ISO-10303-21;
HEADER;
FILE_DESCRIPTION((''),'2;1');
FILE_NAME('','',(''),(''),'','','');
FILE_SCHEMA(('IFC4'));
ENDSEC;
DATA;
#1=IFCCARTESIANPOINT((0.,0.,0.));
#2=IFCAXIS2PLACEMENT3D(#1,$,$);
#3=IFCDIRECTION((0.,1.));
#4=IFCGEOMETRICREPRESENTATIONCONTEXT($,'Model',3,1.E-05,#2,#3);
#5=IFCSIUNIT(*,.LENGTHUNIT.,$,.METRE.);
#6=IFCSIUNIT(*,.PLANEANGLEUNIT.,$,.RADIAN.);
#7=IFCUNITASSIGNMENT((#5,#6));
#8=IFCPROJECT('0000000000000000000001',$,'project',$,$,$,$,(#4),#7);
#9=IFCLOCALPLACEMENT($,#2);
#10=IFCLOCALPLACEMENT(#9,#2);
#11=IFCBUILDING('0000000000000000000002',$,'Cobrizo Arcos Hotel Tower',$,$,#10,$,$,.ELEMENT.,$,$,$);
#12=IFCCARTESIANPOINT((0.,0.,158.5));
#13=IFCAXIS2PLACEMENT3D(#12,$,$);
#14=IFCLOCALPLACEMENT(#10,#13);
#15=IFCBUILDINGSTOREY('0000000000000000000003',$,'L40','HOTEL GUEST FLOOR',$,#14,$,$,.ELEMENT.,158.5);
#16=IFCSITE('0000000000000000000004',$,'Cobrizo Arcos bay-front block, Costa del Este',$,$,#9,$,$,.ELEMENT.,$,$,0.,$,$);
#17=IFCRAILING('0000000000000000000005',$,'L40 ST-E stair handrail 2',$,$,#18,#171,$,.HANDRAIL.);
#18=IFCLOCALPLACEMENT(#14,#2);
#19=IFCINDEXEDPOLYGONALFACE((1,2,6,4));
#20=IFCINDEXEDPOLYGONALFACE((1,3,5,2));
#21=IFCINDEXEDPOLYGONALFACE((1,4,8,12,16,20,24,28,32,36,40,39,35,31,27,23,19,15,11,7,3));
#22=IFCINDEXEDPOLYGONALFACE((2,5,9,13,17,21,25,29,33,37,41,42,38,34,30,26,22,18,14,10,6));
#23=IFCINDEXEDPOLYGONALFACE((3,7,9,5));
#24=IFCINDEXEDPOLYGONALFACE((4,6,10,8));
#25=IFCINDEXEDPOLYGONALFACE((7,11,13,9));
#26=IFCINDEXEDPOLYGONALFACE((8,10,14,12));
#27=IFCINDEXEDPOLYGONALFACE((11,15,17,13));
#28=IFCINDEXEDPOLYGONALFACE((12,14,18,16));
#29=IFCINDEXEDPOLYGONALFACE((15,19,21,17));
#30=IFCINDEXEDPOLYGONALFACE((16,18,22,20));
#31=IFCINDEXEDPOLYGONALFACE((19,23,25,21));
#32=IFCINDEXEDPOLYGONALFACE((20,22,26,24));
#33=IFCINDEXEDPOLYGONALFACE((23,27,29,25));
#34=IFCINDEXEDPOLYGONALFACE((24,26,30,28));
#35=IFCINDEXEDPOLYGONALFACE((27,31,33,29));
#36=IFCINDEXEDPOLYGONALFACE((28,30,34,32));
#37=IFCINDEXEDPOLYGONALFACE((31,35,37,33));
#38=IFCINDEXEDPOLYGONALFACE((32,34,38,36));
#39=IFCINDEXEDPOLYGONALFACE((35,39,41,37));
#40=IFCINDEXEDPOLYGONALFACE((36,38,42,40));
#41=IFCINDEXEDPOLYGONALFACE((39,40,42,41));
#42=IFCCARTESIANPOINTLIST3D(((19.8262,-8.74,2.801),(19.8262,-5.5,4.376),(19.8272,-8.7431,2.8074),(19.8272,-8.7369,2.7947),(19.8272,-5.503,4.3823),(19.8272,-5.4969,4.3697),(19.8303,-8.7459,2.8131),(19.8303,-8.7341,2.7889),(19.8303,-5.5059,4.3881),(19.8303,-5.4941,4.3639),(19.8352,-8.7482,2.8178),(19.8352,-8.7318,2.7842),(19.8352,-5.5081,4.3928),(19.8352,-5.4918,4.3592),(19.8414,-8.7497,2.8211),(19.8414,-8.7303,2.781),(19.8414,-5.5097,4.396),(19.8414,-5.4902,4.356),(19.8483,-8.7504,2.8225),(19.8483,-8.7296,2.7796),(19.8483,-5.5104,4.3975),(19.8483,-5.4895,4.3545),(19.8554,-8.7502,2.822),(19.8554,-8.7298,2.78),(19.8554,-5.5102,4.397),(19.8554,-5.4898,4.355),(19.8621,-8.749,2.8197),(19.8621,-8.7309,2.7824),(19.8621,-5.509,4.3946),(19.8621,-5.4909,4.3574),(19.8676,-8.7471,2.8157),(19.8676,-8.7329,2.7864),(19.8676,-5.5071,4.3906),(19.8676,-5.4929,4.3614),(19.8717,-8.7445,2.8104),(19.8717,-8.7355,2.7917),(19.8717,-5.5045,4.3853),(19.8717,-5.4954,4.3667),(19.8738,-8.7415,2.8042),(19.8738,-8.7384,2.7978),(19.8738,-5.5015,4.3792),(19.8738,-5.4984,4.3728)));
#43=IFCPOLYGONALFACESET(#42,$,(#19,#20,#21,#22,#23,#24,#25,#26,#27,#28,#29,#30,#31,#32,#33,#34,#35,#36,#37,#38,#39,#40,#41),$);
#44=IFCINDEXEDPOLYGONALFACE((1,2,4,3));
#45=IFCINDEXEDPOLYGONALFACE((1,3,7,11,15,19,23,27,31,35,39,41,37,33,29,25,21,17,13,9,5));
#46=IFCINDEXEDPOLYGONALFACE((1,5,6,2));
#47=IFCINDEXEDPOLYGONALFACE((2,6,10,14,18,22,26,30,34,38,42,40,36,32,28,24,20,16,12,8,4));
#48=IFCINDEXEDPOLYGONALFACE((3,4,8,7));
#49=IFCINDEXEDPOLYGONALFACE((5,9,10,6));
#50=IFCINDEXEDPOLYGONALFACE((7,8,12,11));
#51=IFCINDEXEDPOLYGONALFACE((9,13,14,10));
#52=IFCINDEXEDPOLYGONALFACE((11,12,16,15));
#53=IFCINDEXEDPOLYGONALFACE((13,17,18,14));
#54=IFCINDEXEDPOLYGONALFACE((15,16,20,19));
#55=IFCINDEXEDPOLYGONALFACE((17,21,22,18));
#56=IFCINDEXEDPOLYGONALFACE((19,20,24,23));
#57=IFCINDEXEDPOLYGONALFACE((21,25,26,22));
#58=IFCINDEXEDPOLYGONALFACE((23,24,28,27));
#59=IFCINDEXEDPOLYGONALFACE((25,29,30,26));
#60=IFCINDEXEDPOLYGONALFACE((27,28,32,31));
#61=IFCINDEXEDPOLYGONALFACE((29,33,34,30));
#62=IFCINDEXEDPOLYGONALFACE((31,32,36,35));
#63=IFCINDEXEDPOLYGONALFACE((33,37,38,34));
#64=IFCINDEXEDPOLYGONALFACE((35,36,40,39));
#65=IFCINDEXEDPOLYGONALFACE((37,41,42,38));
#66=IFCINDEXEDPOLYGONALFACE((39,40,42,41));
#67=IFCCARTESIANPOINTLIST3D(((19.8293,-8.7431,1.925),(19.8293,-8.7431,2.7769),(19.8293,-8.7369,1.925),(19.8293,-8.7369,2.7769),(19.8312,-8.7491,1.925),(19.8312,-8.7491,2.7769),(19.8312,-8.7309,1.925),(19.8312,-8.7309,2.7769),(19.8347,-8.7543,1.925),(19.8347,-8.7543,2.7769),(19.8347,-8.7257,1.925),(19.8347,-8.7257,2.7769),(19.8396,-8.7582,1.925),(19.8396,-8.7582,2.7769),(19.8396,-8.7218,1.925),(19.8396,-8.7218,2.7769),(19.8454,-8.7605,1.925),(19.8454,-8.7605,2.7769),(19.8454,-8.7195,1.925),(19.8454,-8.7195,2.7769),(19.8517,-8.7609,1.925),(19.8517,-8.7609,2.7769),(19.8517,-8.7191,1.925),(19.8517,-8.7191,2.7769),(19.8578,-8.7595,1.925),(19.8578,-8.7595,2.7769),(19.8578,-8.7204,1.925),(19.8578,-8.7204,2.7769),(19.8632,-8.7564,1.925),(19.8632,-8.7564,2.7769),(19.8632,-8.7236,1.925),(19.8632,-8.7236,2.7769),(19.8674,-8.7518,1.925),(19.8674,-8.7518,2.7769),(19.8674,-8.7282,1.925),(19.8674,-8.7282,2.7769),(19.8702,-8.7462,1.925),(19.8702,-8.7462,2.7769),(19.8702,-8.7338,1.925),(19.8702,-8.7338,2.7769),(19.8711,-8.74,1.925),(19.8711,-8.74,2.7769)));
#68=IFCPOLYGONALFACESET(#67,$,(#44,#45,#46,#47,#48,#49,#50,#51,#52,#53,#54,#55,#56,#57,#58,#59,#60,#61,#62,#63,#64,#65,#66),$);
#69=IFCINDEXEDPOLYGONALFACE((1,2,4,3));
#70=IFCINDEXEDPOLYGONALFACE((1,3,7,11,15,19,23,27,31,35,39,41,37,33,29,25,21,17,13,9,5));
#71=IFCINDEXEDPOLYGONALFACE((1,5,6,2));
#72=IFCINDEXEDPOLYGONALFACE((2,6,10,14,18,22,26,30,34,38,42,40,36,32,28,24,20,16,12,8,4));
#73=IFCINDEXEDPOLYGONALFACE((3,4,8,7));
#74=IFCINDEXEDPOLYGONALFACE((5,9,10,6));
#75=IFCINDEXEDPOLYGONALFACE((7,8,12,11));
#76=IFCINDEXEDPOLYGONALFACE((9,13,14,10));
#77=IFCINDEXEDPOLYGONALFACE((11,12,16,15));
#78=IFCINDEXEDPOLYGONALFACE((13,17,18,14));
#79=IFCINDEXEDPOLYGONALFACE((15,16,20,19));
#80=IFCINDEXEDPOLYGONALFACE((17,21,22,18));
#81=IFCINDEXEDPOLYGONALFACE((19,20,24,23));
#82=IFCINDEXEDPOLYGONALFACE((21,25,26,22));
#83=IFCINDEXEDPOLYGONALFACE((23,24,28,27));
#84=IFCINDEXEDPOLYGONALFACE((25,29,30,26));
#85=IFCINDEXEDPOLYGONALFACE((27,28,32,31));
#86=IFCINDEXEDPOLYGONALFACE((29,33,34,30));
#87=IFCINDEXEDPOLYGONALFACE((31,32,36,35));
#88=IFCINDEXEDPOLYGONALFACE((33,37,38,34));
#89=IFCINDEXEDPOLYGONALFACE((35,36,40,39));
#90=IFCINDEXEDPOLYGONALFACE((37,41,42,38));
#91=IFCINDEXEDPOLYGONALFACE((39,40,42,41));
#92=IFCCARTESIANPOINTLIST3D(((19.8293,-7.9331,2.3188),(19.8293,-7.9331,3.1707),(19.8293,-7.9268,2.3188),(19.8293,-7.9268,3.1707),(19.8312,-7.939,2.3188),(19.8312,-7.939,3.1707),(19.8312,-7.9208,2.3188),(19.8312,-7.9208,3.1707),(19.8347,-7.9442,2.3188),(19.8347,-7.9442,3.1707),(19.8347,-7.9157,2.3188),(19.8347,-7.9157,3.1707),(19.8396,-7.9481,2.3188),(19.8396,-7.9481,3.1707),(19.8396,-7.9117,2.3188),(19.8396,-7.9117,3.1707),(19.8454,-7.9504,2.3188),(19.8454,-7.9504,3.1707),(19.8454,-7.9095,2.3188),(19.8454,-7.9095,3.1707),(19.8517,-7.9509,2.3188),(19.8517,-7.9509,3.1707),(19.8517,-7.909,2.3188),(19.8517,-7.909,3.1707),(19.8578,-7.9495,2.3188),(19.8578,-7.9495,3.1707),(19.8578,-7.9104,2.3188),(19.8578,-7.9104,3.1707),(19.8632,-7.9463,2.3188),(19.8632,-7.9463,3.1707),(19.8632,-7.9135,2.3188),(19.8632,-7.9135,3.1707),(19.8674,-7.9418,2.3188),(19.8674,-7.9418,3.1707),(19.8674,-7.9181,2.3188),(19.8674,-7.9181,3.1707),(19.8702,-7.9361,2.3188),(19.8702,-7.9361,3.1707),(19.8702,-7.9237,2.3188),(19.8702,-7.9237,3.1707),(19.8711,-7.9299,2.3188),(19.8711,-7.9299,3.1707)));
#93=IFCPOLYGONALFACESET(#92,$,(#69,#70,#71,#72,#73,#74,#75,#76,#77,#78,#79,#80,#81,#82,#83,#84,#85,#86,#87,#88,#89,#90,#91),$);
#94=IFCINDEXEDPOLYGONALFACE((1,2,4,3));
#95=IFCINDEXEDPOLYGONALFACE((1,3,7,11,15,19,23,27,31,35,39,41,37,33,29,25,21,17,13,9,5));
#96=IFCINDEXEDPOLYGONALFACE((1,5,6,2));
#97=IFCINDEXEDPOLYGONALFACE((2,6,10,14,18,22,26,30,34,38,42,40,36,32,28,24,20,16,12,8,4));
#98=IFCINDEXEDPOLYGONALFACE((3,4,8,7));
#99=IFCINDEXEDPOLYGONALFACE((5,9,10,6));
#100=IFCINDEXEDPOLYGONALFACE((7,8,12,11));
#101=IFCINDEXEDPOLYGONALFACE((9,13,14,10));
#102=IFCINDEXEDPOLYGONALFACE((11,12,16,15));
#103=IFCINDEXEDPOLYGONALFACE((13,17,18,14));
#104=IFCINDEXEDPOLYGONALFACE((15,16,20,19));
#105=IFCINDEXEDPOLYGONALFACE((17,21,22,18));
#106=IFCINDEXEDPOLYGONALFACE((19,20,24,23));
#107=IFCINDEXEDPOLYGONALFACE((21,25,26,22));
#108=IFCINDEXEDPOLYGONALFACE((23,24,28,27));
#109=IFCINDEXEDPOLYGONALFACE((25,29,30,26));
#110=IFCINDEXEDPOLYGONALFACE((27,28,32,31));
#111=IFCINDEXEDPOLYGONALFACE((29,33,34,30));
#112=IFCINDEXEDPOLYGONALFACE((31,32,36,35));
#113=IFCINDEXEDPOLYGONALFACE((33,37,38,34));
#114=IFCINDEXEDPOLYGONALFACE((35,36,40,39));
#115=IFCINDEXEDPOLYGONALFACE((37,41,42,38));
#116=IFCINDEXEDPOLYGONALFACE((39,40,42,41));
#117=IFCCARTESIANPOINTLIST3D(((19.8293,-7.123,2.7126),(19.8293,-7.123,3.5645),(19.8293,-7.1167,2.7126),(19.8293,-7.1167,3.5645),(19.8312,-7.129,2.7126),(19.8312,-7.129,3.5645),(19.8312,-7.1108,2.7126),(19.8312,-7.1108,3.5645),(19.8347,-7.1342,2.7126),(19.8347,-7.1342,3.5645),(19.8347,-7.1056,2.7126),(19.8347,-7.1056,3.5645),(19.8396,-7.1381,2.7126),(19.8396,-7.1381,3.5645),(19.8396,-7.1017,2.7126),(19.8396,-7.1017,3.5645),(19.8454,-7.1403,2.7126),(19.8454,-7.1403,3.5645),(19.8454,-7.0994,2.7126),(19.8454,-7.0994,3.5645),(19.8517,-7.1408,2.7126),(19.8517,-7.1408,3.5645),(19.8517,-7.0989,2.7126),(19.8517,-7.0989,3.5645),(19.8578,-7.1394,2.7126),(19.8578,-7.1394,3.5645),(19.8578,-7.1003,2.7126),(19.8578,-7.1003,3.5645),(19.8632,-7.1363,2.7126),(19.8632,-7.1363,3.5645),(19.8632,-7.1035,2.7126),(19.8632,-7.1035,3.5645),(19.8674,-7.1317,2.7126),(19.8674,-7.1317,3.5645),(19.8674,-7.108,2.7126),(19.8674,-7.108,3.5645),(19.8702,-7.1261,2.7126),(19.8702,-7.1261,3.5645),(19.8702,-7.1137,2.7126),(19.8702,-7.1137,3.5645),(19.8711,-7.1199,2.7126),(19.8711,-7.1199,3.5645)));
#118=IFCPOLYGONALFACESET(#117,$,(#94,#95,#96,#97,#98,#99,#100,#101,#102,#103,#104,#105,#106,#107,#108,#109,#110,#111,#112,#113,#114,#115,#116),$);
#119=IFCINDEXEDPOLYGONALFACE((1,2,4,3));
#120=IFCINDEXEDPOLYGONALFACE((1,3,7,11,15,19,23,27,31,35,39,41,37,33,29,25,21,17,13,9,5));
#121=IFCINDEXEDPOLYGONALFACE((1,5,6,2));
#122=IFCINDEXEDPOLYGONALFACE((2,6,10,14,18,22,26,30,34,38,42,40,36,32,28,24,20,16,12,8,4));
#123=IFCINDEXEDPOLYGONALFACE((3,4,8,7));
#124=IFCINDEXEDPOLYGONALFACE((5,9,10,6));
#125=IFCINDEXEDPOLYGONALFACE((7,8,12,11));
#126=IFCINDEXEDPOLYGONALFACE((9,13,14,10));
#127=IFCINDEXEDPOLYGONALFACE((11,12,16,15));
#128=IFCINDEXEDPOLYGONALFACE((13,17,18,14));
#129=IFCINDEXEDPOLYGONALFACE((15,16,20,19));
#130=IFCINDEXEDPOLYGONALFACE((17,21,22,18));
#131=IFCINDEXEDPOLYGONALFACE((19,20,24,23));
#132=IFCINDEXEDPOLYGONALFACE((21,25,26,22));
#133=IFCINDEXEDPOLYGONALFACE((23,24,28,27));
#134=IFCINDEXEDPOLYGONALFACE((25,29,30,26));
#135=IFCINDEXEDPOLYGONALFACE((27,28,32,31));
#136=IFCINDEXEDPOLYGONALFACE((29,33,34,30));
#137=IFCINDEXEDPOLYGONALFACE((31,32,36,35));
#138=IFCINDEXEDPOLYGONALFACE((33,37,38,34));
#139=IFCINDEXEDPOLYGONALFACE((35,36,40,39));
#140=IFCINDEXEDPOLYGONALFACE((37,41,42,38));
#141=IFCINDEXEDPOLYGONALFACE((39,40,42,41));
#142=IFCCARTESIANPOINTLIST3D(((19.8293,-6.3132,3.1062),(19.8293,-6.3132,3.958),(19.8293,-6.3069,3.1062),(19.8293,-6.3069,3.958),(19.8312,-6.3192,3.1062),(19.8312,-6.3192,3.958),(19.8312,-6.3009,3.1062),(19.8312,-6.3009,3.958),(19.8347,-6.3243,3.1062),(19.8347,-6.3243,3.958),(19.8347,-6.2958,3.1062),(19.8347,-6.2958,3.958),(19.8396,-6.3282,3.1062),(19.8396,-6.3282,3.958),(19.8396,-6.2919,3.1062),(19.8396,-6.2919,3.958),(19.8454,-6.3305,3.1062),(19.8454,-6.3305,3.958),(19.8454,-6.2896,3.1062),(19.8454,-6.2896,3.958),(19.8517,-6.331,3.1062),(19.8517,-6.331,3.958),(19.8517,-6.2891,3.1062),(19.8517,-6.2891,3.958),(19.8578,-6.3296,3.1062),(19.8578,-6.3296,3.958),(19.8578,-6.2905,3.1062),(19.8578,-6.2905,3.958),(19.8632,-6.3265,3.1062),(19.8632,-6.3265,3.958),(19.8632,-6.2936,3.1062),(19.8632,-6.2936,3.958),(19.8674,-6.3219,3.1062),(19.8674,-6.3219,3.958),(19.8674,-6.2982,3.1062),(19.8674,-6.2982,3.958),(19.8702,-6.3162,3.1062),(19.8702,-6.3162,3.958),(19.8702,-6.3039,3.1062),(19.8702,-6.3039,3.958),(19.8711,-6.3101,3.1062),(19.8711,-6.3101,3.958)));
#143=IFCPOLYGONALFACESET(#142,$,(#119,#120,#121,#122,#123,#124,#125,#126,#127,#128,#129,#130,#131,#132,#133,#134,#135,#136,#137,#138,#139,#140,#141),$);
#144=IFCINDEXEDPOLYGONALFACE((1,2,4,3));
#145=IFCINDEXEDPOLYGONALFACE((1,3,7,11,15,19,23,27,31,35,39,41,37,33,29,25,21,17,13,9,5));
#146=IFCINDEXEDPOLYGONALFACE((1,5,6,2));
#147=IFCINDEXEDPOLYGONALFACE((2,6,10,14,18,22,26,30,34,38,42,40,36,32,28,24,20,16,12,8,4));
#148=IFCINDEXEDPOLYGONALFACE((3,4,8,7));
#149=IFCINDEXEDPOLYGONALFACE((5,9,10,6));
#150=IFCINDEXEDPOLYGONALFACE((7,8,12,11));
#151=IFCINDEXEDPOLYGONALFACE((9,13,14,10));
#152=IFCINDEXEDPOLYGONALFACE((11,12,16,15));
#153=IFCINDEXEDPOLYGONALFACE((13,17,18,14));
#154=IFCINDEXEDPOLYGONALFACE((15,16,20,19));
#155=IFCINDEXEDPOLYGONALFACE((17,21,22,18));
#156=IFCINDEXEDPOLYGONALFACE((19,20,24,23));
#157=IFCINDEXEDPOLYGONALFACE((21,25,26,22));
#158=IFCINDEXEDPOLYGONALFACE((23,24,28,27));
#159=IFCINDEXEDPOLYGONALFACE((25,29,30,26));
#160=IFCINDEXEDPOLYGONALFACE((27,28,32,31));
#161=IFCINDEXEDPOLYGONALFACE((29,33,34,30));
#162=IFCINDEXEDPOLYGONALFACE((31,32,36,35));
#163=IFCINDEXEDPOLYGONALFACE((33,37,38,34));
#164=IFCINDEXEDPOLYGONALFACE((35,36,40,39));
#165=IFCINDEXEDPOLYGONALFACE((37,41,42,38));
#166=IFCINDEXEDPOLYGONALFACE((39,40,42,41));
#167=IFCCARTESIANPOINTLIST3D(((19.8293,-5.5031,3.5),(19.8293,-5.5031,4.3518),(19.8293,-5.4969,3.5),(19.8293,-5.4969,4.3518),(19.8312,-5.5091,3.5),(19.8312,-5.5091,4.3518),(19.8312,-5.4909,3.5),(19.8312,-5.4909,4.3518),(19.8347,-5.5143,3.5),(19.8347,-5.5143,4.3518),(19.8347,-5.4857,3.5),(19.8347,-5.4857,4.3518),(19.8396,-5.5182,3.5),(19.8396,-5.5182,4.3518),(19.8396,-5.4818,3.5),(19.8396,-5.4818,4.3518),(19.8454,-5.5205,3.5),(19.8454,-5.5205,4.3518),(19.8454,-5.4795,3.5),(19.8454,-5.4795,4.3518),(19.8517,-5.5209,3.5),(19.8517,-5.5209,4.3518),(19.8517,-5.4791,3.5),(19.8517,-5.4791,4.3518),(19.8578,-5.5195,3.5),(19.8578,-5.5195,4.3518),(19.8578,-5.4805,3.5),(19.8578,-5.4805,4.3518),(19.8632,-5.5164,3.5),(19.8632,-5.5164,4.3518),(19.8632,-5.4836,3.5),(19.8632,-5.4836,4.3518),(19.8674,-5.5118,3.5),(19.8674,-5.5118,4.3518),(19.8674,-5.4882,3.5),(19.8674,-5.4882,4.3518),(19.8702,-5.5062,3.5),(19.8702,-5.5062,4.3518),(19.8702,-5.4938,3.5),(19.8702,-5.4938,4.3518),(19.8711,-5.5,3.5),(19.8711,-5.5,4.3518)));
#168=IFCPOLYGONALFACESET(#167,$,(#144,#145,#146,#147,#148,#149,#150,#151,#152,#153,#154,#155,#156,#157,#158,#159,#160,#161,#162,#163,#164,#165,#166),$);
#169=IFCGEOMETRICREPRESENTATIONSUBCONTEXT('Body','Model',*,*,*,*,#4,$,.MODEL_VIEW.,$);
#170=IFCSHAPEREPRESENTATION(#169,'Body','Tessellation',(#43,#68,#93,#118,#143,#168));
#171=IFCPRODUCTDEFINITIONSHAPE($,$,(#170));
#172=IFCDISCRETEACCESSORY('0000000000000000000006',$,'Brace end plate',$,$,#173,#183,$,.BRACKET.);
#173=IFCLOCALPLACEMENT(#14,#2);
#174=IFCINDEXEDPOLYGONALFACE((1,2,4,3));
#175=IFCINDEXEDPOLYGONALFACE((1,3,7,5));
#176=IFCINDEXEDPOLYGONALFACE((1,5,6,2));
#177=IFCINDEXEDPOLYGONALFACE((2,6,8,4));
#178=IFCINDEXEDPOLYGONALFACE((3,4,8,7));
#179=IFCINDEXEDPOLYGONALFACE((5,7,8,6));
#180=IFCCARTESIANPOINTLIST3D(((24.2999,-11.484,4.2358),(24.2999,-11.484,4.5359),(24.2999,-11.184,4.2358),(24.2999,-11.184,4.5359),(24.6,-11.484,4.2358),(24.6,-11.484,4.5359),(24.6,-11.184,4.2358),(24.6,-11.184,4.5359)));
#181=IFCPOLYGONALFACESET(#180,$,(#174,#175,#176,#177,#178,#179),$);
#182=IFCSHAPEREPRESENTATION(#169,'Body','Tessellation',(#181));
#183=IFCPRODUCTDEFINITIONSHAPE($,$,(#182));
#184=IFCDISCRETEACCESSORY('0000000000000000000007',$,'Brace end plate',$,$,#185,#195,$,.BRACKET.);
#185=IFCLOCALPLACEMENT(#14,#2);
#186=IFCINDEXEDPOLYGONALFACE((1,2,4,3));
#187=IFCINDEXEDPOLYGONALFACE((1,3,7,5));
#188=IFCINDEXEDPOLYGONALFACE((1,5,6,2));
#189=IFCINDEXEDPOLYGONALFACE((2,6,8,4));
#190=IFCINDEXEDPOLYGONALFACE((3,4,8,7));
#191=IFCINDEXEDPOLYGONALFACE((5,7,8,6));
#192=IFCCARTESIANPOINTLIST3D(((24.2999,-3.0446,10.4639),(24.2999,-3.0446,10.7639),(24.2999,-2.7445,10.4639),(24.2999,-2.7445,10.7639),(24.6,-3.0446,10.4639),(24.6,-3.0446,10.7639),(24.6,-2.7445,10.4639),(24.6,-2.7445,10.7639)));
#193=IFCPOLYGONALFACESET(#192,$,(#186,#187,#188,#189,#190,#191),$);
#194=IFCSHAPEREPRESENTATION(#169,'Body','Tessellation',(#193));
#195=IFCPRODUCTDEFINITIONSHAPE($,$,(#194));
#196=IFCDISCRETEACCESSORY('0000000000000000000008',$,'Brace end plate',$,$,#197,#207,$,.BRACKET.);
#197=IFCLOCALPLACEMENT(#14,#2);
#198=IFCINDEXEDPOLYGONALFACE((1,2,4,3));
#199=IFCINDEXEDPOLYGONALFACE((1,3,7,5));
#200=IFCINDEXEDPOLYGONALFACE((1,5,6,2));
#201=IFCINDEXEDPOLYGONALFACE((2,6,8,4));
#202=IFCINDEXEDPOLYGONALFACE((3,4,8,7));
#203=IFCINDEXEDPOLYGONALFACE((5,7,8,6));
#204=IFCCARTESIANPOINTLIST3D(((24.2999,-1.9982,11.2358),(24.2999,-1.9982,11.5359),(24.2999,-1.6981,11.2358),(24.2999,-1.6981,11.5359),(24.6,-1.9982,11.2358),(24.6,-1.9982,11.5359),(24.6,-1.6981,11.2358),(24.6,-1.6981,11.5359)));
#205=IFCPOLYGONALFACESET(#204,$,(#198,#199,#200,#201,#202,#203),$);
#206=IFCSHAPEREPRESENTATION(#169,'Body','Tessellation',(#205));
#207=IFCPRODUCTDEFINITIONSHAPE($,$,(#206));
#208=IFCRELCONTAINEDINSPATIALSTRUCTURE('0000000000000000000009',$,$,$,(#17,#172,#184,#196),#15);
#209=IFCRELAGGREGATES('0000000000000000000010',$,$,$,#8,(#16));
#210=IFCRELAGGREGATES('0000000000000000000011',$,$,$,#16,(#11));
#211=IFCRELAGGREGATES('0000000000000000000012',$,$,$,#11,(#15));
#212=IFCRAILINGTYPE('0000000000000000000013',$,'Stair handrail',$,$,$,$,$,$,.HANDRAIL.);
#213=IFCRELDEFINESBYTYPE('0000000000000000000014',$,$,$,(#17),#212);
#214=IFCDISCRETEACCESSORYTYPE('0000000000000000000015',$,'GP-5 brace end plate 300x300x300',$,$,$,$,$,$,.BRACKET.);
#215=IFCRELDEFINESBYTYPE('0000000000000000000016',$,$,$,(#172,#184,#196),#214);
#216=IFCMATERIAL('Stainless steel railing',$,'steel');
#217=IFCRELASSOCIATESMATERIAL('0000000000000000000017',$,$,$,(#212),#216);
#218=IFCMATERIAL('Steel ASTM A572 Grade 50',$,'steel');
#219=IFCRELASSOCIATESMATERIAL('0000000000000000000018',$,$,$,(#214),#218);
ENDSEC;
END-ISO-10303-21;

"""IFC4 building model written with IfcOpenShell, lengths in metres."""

from ifc_helpers import new_model, si_unit, direction, frame, origin, origin_2d, place, context, subcontext, project, spatial, rectangle, circle, extrude, material, type_object, element, save


model = new_model("IFC4")

# Units and contexts
model_context = context("Model", 3, precision=1e-05, world=origin(), true_north=direction((0.0, 1.0)))
body_context = subcontext(model_context, "Body", "Model", "MODEL_VIEW")
ifc_project = project(units=[si_unit("LENGTHUNIT", "METRE"), si_unit("PLANEANGLEUNIT", "RADIAN")], contexts=[model_context])

# Site, building, storey
site_placement = place(None, origin())
site = spatial("IfcSite", under=ifc_project, at=site_placement, Name="Cobrizo Arcos bay-front block, Costa del Este", CompositionType="ELEMENT", RefElevation=0.0)
building_placement = place(site_placement, origin())
building = spatial("IfcBuilding", under=site, at=building_placement, Name="Cobrizo Arcos Hotel Tower", CompositionType="ELEMENT")
storey_placement = place(building_placement, frame((0.0, 0.0, 158.5)))
storey = spatial("IfcBuildingStorey", under=building, at=storey_placement, Name="L40", Description="HOTEL GUEST FLOOR", CompositionType="ELEMENT", Elevation=158.5)

# Shared definitions
ifc_material_1 = material(Name="Steel ASTM A572 Grade 50", Category="steel")

# Railing
ifc_material_2 = material(Name="Stainless steel railing", Category="steel")
railing_type_1 = type_object("IfcRailingType", Name="Stair handrail", PredefinedType="HANDRAIL", material=ifc_material_2)
railing_1_placement = place(storey_placement, frame((19.8501, -8.74, 1.925)))
element("IfcRailing", 1, at=railing_1_placement, inside=storey, type_object=railing_type_1, Name="L40 ST-E stair handrail 2", PredefinedType="HANDRAIL", context=body_context, shape_type="SweptSolid", body=[
    extrude(circle(Radius=0.0239, at=origin_2d()), frame((0.0, 0.0, 0.876), z_axis=(0.0, 0.899373, 0.437183), x_axis=(-1.0, 0.0, 0.0)), (0.0, 0.0, 1.0), 3.6025),
    extrude(circle(Radius=0.021, at=origin_2d()), origin(), (0.0, 0.0, 1.0), 0.8518),
    extrude(circle(Radius=0.021, at=origin_2d()), frame((0.0, 0.8101, 0.3938)), (0.0, 0.0, 1.0), 0.8518),
    extrude(circle(Radius=0.021, at=origin_2d()), frame((0.0, 1.6201, 0.7876)), (0.0, 0.0, 1.0), 0.8518),
    extrude(circle(Radius=0.021, at=origin_2d()), frame((0.0, 2.4299, 1.1812)), (0.0, 0.0, 1.0), 0.8518),
    extrude(circle(Radius=0.021, at=origin_2d()), frame((0.0, 3.24, 1.575)), (0.0, 0.0, 1.0), 0.8518),
])

# Discrete accessories
discrete_accessory_type = type_object("IfcDiscreteAccessoryType", Name="GP-5 brace end plate 300x300x300", PredefinedType="BRACKET", material=ifc_material_1)
for number, where, z_axis, x_axis, name in (
    (2, (24.45, -11.334, 4.2358), (0.0, 0.0, 1.0), (1.0, 0.0, 0.0), "Brace end plate"),
    (3, (24.45, -2.8945, 10.4639), (0.0, 0.0, 1.0), (1.0, 0.0, 0.0), "Brace end plate"),
    (4, (24.45, -1.8481, 11.2358), (0.0, 0.0, 1.0), (1.0, 0.0, 0.0), "Brace end plate"),
):
    element("IfcDiscreteAccessory", number, at=place(storey_placement, frame(where, z_axis=z_axis, x_axis=x_axis)), inside=storey, type_object=discrete_accessory_type, Name=name, PredefinedType="BRACKET", context=body_context, shape_type="SweptSolid", body=[
        extrude(rectangle(XDim=0.3, YDim=0.3, at=origin_2d()), origin(), (0.0, 0.0, 1.0), 0.3),
    ])

save(model, "model.ifc")
